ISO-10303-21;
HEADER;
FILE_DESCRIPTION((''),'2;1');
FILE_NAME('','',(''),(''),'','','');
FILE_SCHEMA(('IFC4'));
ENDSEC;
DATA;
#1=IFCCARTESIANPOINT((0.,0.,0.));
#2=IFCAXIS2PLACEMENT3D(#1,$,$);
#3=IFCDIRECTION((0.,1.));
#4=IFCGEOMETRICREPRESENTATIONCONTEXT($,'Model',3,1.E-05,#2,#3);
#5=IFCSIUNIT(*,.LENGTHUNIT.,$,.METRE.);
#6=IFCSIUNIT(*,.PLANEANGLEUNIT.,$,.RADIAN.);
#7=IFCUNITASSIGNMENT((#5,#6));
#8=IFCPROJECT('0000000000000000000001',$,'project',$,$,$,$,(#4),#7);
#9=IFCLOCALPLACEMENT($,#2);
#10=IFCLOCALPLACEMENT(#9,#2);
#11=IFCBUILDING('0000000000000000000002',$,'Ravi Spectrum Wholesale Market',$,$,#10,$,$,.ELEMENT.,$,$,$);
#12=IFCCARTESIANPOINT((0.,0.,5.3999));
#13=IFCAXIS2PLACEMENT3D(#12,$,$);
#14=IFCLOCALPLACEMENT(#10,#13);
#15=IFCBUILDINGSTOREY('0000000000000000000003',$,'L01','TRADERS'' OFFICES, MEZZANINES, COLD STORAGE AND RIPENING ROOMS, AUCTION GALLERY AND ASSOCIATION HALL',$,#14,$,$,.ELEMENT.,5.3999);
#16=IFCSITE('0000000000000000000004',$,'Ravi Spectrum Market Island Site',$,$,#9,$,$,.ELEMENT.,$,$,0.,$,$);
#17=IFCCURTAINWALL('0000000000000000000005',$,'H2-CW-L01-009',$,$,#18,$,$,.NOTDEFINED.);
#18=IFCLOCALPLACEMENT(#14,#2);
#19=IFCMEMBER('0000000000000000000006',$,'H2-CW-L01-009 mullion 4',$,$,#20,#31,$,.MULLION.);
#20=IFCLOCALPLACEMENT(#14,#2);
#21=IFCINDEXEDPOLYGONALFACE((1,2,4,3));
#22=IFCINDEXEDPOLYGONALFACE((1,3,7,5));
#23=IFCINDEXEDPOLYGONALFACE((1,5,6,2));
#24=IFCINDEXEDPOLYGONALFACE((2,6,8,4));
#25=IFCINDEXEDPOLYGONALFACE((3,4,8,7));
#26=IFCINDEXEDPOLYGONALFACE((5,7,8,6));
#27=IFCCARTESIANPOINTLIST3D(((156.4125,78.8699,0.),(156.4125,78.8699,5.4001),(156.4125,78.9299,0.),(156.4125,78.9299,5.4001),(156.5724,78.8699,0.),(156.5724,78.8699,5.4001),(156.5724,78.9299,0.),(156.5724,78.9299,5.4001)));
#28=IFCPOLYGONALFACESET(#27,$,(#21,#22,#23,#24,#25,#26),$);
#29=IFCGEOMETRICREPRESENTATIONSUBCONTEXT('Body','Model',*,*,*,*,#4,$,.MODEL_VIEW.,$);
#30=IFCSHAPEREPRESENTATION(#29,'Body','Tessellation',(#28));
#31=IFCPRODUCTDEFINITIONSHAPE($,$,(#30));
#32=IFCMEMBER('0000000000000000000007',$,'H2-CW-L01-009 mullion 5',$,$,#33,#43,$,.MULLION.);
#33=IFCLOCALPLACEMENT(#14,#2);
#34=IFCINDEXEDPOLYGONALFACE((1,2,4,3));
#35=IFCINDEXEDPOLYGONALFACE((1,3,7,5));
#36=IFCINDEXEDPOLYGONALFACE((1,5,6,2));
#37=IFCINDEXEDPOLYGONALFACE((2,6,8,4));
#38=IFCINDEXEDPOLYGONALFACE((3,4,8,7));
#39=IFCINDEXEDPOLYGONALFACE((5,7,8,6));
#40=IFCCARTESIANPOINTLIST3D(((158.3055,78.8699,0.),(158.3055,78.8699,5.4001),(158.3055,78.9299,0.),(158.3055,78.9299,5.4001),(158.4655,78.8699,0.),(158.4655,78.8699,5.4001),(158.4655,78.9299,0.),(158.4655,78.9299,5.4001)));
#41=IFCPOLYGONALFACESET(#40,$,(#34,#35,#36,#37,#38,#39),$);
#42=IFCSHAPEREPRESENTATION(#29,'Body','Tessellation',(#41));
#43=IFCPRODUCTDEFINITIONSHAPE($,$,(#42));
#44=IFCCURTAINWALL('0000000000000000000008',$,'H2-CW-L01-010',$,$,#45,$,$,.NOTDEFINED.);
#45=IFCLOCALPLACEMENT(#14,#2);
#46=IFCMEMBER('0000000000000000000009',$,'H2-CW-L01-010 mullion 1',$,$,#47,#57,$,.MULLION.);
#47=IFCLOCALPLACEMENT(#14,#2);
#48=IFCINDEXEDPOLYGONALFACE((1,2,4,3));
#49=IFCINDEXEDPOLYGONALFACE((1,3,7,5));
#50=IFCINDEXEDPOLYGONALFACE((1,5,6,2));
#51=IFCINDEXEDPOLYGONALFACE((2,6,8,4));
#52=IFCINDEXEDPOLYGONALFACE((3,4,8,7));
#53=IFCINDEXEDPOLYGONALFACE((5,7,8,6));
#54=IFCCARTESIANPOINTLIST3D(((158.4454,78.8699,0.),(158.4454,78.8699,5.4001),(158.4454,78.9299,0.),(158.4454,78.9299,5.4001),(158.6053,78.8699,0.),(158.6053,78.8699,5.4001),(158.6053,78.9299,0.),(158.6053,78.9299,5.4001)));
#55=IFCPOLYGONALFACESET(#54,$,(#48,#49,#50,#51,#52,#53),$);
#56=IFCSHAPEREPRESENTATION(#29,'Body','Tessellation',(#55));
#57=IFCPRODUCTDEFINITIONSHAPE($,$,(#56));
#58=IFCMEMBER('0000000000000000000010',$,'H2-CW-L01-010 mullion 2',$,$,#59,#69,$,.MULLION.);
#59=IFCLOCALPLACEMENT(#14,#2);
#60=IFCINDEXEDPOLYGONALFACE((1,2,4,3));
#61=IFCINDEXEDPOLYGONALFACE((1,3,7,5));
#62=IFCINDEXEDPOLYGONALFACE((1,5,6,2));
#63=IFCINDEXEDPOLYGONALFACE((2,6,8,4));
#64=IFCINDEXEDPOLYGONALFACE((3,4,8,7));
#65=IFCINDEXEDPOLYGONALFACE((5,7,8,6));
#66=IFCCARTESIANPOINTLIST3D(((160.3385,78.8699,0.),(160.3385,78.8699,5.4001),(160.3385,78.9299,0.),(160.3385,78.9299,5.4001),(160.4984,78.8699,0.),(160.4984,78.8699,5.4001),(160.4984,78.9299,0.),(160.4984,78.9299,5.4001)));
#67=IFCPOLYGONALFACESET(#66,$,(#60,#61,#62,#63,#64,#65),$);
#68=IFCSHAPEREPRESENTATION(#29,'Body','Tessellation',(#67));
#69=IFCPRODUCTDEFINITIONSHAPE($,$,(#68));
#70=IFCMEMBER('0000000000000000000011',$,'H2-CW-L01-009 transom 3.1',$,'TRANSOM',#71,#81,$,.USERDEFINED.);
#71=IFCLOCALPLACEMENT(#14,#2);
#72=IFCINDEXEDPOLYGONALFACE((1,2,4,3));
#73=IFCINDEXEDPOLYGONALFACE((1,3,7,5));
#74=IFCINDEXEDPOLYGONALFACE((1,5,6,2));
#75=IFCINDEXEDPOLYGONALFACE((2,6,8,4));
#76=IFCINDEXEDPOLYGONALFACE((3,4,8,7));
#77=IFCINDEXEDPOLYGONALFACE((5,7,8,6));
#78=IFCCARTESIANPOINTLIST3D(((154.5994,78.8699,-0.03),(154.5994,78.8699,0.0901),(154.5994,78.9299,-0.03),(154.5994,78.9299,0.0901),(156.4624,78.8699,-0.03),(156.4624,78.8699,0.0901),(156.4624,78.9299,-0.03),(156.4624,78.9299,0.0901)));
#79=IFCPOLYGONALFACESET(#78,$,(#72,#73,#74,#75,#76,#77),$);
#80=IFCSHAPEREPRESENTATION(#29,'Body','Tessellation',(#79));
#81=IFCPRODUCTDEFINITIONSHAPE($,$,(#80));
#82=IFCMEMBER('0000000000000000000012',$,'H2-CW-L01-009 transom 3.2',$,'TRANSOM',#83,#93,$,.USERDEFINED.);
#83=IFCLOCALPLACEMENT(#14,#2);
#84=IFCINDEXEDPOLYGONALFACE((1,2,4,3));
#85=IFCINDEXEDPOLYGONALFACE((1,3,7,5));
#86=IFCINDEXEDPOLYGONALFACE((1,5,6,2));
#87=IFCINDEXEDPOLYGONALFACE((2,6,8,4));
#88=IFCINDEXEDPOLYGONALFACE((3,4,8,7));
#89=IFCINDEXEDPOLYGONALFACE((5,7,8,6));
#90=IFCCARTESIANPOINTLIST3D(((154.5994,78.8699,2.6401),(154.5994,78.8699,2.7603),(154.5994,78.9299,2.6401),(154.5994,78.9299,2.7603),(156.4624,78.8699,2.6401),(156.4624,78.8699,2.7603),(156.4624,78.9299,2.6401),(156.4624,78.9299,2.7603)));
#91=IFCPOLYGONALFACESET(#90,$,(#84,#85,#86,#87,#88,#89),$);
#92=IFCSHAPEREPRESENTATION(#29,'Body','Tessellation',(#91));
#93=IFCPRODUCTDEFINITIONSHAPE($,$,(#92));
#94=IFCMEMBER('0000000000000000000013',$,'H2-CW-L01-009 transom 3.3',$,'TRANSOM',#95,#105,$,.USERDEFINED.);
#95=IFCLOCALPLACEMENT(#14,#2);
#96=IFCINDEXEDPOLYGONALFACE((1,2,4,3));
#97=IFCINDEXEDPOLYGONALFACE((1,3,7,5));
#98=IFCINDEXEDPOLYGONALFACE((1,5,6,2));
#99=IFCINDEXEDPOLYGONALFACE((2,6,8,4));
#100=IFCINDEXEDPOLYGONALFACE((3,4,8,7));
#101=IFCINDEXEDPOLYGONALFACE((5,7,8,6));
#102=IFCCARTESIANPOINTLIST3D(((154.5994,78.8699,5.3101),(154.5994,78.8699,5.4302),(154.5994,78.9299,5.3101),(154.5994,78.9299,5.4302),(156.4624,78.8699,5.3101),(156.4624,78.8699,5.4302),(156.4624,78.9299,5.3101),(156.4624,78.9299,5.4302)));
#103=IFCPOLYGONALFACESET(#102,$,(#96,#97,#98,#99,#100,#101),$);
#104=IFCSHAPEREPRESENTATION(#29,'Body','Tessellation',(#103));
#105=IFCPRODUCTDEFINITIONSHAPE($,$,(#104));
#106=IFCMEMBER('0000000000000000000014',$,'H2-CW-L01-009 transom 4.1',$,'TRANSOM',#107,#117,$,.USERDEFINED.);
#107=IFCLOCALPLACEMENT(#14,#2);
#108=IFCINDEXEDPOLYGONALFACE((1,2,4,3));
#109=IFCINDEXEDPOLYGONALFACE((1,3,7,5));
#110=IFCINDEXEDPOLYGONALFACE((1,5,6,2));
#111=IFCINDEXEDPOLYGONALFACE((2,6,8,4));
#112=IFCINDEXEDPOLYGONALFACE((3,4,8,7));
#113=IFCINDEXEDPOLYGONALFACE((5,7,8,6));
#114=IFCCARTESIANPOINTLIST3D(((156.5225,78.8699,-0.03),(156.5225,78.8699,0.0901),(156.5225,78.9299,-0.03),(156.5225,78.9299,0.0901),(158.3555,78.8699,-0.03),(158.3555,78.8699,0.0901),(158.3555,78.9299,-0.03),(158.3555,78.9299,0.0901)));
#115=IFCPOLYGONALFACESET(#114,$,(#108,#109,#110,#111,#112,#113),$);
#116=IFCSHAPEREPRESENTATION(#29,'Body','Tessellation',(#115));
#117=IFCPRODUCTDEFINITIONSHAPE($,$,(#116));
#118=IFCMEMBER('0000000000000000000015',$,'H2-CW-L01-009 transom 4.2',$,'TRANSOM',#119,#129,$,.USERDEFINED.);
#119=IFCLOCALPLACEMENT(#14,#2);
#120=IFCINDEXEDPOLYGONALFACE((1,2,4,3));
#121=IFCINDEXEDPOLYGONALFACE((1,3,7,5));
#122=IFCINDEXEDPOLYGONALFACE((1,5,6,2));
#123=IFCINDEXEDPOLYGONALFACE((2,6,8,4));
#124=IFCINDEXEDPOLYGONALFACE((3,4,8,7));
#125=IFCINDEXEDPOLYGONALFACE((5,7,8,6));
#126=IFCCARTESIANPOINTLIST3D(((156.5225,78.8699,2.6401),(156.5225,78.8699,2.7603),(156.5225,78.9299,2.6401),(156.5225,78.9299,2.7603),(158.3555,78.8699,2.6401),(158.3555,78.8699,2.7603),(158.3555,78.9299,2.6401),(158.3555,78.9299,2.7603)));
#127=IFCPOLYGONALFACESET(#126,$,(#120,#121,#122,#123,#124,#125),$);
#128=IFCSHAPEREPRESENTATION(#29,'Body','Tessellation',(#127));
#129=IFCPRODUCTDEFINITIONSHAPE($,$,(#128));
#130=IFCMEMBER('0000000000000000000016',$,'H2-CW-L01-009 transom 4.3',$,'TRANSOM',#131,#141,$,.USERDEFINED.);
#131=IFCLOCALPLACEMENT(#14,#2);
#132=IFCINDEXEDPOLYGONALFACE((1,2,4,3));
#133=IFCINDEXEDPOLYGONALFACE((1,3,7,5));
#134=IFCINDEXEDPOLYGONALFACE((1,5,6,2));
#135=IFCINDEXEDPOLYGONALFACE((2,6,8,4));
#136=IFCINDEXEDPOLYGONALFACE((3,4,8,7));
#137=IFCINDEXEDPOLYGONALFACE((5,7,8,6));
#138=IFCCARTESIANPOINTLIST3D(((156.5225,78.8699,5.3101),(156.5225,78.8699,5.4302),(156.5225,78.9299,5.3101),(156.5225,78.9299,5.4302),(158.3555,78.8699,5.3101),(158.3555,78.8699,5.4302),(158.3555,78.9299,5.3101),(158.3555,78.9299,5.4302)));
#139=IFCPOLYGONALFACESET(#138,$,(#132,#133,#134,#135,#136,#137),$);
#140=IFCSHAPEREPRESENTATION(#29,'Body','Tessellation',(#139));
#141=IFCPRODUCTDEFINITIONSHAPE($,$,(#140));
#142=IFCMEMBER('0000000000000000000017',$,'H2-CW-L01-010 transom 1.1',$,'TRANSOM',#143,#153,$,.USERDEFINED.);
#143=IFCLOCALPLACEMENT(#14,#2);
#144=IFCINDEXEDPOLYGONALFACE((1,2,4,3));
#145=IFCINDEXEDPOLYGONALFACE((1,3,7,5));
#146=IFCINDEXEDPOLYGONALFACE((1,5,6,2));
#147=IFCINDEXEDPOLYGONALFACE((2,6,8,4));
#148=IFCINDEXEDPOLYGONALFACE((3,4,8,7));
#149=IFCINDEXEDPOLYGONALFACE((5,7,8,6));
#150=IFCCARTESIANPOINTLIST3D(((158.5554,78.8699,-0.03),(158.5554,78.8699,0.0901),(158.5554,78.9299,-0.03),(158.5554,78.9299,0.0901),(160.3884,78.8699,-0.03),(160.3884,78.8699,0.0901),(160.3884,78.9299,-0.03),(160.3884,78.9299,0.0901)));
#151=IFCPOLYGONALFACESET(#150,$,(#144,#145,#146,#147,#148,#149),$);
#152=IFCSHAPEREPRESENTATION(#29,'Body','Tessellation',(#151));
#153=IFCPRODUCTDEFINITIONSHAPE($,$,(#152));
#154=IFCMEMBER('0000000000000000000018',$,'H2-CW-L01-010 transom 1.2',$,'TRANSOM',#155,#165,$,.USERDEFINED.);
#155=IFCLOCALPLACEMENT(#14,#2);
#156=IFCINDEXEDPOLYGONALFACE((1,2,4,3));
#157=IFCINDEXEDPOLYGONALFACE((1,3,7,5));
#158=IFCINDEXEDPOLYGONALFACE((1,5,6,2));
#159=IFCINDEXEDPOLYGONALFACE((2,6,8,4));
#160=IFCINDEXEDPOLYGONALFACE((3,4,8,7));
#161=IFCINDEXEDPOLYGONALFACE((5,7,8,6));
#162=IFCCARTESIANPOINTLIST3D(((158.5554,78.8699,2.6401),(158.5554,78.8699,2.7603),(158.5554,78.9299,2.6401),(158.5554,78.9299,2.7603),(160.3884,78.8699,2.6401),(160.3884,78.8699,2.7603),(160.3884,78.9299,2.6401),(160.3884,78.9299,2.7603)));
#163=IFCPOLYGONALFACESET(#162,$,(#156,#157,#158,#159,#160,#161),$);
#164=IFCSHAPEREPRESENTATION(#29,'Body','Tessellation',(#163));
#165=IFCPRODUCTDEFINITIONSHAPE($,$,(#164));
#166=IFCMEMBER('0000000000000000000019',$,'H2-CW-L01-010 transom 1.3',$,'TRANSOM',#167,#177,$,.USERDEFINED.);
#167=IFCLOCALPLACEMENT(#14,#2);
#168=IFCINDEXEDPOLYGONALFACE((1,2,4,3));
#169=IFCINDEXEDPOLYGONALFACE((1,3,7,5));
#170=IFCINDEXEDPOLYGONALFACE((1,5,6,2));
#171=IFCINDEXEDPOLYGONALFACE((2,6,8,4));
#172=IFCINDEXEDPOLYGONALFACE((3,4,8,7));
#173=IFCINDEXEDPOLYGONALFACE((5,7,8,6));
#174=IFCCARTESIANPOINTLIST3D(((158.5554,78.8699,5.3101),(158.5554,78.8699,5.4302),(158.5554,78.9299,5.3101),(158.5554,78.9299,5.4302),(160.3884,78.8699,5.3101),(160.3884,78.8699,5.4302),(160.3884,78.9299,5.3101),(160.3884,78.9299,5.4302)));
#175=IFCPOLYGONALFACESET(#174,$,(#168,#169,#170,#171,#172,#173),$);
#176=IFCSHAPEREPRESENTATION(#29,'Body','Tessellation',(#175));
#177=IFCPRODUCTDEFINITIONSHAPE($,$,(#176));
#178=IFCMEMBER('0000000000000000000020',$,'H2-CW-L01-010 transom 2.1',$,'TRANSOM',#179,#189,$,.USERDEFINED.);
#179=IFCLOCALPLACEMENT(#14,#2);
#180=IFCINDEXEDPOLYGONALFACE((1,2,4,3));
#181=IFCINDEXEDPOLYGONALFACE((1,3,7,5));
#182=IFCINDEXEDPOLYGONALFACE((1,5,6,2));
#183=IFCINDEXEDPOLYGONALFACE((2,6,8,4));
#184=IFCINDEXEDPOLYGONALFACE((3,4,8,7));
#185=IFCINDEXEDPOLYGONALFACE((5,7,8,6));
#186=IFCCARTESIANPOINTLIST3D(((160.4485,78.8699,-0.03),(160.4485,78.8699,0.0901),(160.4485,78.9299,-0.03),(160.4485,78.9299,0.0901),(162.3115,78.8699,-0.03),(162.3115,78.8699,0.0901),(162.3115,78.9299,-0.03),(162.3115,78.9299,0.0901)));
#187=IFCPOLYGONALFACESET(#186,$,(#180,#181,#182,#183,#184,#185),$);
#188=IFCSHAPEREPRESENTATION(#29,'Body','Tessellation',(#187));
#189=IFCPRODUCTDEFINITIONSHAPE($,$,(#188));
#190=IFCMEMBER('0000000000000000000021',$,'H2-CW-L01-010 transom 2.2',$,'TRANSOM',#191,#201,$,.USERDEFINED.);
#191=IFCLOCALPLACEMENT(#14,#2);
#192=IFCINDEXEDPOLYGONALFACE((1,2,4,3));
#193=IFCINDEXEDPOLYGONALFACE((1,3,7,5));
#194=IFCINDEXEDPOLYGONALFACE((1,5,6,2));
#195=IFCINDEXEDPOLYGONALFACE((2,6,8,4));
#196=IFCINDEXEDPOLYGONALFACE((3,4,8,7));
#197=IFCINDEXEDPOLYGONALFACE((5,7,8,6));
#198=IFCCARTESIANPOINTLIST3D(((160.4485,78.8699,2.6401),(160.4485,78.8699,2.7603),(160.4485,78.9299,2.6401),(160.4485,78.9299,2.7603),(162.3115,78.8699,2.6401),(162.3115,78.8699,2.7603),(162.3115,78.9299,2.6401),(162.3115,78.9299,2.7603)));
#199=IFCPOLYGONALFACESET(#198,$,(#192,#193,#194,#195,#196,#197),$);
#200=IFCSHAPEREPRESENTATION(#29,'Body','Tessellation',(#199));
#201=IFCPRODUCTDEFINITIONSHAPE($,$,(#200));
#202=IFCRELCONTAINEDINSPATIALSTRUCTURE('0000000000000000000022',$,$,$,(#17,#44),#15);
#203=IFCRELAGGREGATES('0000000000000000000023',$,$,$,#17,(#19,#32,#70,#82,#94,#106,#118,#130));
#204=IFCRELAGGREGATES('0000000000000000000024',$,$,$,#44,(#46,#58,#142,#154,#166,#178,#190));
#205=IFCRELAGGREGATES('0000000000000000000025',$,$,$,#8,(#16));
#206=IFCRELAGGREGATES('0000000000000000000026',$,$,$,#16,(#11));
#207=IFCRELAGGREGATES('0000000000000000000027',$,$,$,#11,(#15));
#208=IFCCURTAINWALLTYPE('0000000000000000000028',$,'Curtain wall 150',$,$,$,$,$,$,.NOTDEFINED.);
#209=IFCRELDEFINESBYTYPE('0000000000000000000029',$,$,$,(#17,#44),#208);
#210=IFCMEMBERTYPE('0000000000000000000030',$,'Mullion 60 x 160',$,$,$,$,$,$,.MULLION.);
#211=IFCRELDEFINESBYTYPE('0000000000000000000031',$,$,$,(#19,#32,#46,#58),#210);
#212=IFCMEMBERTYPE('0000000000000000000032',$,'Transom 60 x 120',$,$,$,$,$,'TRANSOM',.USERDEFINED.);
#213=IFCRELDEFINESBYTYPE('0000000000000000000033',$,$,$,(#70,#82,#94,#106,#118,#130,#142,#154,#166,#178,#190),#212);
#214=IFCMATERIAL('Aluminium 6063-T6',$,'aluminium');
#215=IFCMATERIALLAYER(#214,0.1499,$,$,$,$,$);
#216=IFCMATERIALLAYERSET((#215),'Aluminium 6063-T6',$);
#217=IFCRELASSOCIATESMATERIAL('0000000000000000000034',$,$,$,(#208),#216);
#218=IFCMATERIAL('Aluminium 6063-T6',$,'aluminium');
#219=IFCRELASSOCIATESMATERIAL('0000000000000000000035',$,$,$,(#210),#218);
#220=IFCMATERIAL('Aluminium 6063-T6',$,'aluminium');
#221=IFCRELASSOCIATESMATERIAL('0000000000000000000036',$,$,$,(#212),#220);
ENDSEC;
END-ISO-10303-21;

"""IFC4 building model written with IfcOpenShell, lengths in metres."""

from ifc_helpers import new_model, si_unit, direction, frame, origin, origin_2d, place, context, subcontext, project, spatial, rectangle, extrude, material, layer, layer_set, material_profile, profile_set, type_object, element, aggregate, save


model = new_model("IFC4")

# Units and contexts
model_context = context("Model", 3, precision=1e-05, world=origin(), true_north=direction((0.0, 1.0)))
body_context = subcontext(model_context, "Body", "Model", "MODEL_VIEW")
ifc_project = project(units=[si_unit("LENGTHUNIT", "METRE"), si_unit("PLANEANGLEUNIT", "RADIAN")], contexts=[model_context])

# Site, building, storey
site_placement = place(None, origin())
site = spatial("IfcSite", under=ifc_project, at=site_placement, Name="Ravi Spectrum Market Island Site", CompositionType="ELEMENT", RefElevation=0.0)
building_placement = place(site_placement, origin())
building = spatial("IfcBuilding", under=site, at=building_placement, Name="Ravi Spectrum Wholesale Market", CompositionType="ELEMENT")
storey_placement = place(building_placement, frame((0.0, 0.0, 5.3999)))
storey = spatial("IfcBuildingStorey", under=building, at=storey_placement, Name="L01", Description="TRADERS' OFFICES, MEZZANINES, COLD STORAGE AND RIPENING ROOMS, AUCTION GALLERY AND ASSOCIATION HALL", CompositionType="ELEMENT", Elevation=5.3999)

# Curtain walls, members
ifc_material_1 = material(Name="Aluminium 6063-T6", Category="aluminium")
ifc_layer_1 = layer(ifc_material_1, 0.1499)
ifc_layer_set_1 = layer_set([ifc_layer_1], Name="Aluminium 6063-T6")
curtain_wall_type = type_object("IfcCurtainWallType", Name="Curtain wall 150", PredefinedType="NOTDEFINED", material=ifc_layer_set_1)
curtain_wall_1_placement = place(storey_placement, origin())
curtain_wall_1 = element("IfcCurtainWall", 1, at=curtain_wall_1_placement, inside=storey, type_object=curtain_wall_type, Name="H2-CW-L01-009", PredefinedType="NOTDEFINED")
ifc_material_2 = material(Name="Aluminium 6063-T6", Category="aluminium")
ifc_material_profile_1 = material_profile(ifc_material_2, rectangle(XDim=0.0601, YDim=0.1599, at=origin_2d()))
ifc_profile_set_1 = profile_set([ifc_material_profile_1], Name="Aluminium 6063-T6")
member_type_1 = type_object("IfcMemberType", Name="Mullion 60 x 160", PredefinedType="MULLION", material=ifc_profile_set_1)
member_1_placement = place(storey_placement, frame((156.4924, 78.8999, 0.0), z_axis=(0.0, 0.0, 1.0), x_axis=(0.0, 1.0, 0.0)))
member_1 = element("IfcMember", 2, at=member_1_placement, type_object=member_type_1, Name="H2-CW-L01-009 mullion 4", PredefinedType="MULLION", context=body_context, shape_type="SweptSolid", body=[
    extrude(rectangle(XDim=0.0601, YDim=0.1599, at=origin_2d()), origin(), (0.0, 0.0, 1.0), 5.4001),
])
member_2_placement = place(storey_placement, frame((158.3855, 78.8999, 0.0), z_axis=(0.0, 0.0, 1.0), x_axis=(0.0, 1.0, 0.0)))
member_2 = element("IfcMember", 3, at=member_2_placement, type_object=member_type_1, Name="H2-CW-L01-009 mullion 5", PredefinedType="MULLION", context=body_context, shape_type="SweptSolid", body=[
    extrude(rectangle(XDim=0.0601, YDim=0.1599, at=origin_2d()), origin(), (0.0, 0.0, 1.0), 5.4001),
])
curtain_wall_2_placement = place(storey_placement, origin())
curtain_wall_2 = element("IfcCurtainWall", 4, at=curtain_wall_2_placement, inside=storey, type_object=curtain_wall_type, Name="H2-CW-L01-010", PredefinedType="NOTDEFINED")
member_3_placement = place(storey_placement, frame((158.5254, 78.8999, 0.0), z_axis=(0.0, 0.0, 1.0), x_axis=(0.0, 1.0, 0.0)))
member_3 = element("IfcMember", 5, at=member_3_placement, type_object=member_type_1, Name="H2-CW-L01-010 mullion 1", PredefinedType="MULLION", context=body_context, shape_type="SweptSolid", body=[
    extrude(rectangle(XDim=0.0601, YDim=0.1599, at=origin_2d()), origin(), (0.0, 0.0, 1.0), 5.4001),
])
member_4_placement = place(storey_placement, frame((160.4185, 78.8999, 0.0), z_axis=(0.0, 0.0, 1.0), x_axis=(0.0, 1.0, 0.0)))
member_4 = element("IfcMember", 6, at=member_4_placement, type_object=member_type_1, Name="H2-CW-L01-010 mullion 2", PredefinedType="MULLION", context=body_context, shape_type="SweptSolid", body=[
    extrude(rectangle(XDim=0.0601, YDim=0.1599, at=origin_2d()), origin(), (0.0, 0.0, 1.0), 5.4001),
])

# Members
ifc_material_3 = material(Name="Aluminium 6063-T6", Category="aluminium")
ifc_material_profile_2 = material_profile(ifc_material_3, rectangle(XDim=0.0601, YDim=0.1201, at=origin_2d()))
ifc_profile_set_2 = profile_set([ifc_material_profile_2], Name="Aluminium 6063-T6")
member_type_2 = type_object("IfcMemberType", Name="Transom 60 x 120", ElementType="TRANSOM", PredefinedType="USERDEFINED", material=ifc_profile_set_2)
member_5_placement = place(storey_placement, frame((154.5994, 78.8999, 0.03), z_axis=(1.0, 0.0, 0.0), x_axis=(0.0, 1.0, 0.0)))
member_5 = element("IfcMember", 7, at=member_5_placement, type_object=member_type_2, Name="H2-CW-L01-009 transom 3.1", ObjectType="TRANSOM", PredefinedType="USERDEFINED", context=body_context, shape_type="SweptSolid", body=[
    extrude(rectangle(XDim=0.0601, YDim=0.1201, at=origin_2d()), origin(), (0.0, 0.0, 1.0), 1.863),
])
member_6_placement = place(storey_placement, frame((154.5994, 78.8999, 2.7002), z_axis=(1.0, 0.0, 0.0), x_axis=(0.0, 1.0, 0.0)))
member_6 = element("IfcMember", 8, at=member_6_placement, type_object=member_type_2, Name="H2-CW-L01-009 transom 3.2", ObjectType="TRANSOM", PredefinedType="USERDEFINED", context=body_context, shape_type="SweptSolid", body=[
    extrude(rectangle(XDim=0.0601, YDim=0.1201, at=origin_2d()), origin(), (0.0, 0.0, 1.0), 1.863),
])
member_7_placement = place(storey_placement, frame((154.5994, 78.8999, 5.3701), z_axis=(1.0, 0.0, 0.0), x_axis=(0.0, 1.0, 0.0)))
member_7 = element("IfcMember", 9, at=member_7_placement, type_object=member_type_2, Name="H2-CW-L01-009 transom 3.3", ObjectType="TRANSOM", PredefinedType="USERDEFINED", context=body_context, shape_type="SweptSolid", body=[
    extrude(rectangle(XDim=0.0601, YDim=0.1201, at=origin_2d()), origin(), (0.0, 0.0, 1.0), 1.863),
])
member_8_placement = place(storey_placement, frame((156.5225, 78.8999, 0.03), z_axis=(1.0, 0.0, 0.0), x_axis=(0.0, 1.0, 0.0)))
member_8 = element("IfcMember", 10, at=member_8_placement, type_object=member_type_2, Name="H2-CW-L01-009 transom 4.1", ObjectType="TRANSOM", PredefinedType="USERDEFINED", context=body_context, shape_type="SweptSolid", body=[
    extrude(rectangle(XDim=0.0601, YDim=0.1201, at=origin_2d()), origin(), (0.0, 0.0, 1.0), 1.833),
])
member_9_placement = place(storey_placement, frame((156.5225, 78.8999, 2.7002), z_axis=(1.0, 0.0, 0.0), x_axis=(0.0, 1.0, 0.0)))
member_9 = element("IfcMember", 11, at=member_9_placement, type_object=member_type_2, Name="H2-CW-L01-009 transom 4.2", ObjectType="TRANSOM", PredefinedType="USERDEFINED", context=body_context, shape_type="SweptSolid", body=[
    extrude(rectangle(XDim=0.0601, YDim=0.1201, at=origin_2d()), origin(), (0.0, 0.0, 1.0), 1.833),
])
member_10_placement = place(storey_placement, frame((156.5225, 78.8999, 5.3701), z_axis=(1.0, 0.0, 0.0), x_axis=(0.0, 1.0, 0.0)))
member_10 = element("IfcMember", 12, at=member_10_placement, type_object=member_type_2, Name="H2-CW-L01-009 transom 4.3", ObjectType="TRANSOM", PredefinedType="USERDEFINED", context=body_context, shape_type="SweptSolid", body=[
    extrude(rectangle(XDim=0.0601, YDim=0.1201, at=origin_2d()), origin(), (0.0, 0.0, 1.0), 1.833),
])
member_11_placement = place(storey_placement, frame((158.5554, 78.8999, 0.03), z_axis=(1.0, 0.0, 0.0), x_axis=(0.0, 1.0, 0.0)))
member_11 = element("IfcMember", 13, at=member_11_placement, type_object=member_type_2, Name="H2-CW-L01-010 transom 1.1", ObjectType="TRANSOM", PredefinedType="USERDEFINED", context=body_context, shape_type="SweptSolid", body=[
    extrude(rectangle(XDim=0.0601, YDim=0.1201, at=origin_2d()), origin(), (0.0, 0.0, 1.0), 1.833),
])
member_12_placement = place(storey_placement, frame((158.5554, 78.8999, 2.7002), z_axis=(1.0, 0.0, 0.0), x_axis=(0.0, 1.0, 0.0)))
member_12 = element("IfcMember", 14, at=member_12_placement, type_object=member_type_2, Name="H2-CW-L01-010 transom 1.2", ObjectType="TRANSOM", PredefinedType="USERDEFINED", context=body_context, shape_type="SweptSolid", body=[
    extrude(rectangle(XDim=0.0601, YDim=0.1201, at=origin_2d()), origin(), (0.0, 0.0, 1.0), 1.833),
])
member_13_placement = place(storey_placement, frame((158.5554, 78.8999, 5.3701), z_axis=(1.0, 0.0, 0.0), x_axis=(0.0, 1.0, 0.0)))
member_13 = element("IfcMember", 15, at=member_13_placement, type_object=member_type_2, Name="H2-CW-L01-010 transom 1.3", ObjectType="TRANSOM", PredefinedType="USERDEFINED", context=body_context, shape_type="SweptSolid", body=[
    extrude(rectangle(XDim=0.0601, YDim=0.1201, at=origin_2d()), origin(), (0.0, 0.0, 1.0), 1.833),
])
member_14_placement = place(storey_placement, frame((160.4485, 78.8999, 0.03), z_axis=(1.0, 0.0, 0.0), x_axis=(0.0, 1.0, 0.0)))
member_14 = element("IfcMember", 16, at=member_14_placement, type_object=member_type_2, Name="H2-CW-L01-010 transom 2.1", ObjectType="TRANSOM", PredefinedType="USERDEFINED", context=body_context, shape_type="SweptSolid", body=[
    extrude(rectangle(XDim=0.0601, YDim=0.1201, at=origin_2d()), origin(), (0.0, 0.0, 1.0), 1.863),
])
member_15_placement = place(storey_placement, frame((160.4485, 78.8999, 2.7002), z_axis=(1.0, 0.0, 0.0), x_axis=(0.0, 1.0, 0.0)))
member_15 = element("IfcMember", 17, at=member_15_placement, type_object=member_type_2, Name="H2-CW-L01-010 transom 2.2", ObjectType="TRANSOM", PredefinedType="USERDEFINED", context=body_context, shape_type="SweptSolid", body=[
    extrude(rectangle(XDim=0.0601, YDim=0.1201, at=origin_2d()), origin(), (0.0, 0.0, 1.0), 1.863),
])

aggregate(curtain_wall_1, [member_1, member_2, member_5, member_6, member_7, member_8, member_9, member_10])
aggregate(curtain_wall_2, [member_3, member_4, member_11, member_12, member_13, member_14, member_15])

save(model, "model.ifc")
